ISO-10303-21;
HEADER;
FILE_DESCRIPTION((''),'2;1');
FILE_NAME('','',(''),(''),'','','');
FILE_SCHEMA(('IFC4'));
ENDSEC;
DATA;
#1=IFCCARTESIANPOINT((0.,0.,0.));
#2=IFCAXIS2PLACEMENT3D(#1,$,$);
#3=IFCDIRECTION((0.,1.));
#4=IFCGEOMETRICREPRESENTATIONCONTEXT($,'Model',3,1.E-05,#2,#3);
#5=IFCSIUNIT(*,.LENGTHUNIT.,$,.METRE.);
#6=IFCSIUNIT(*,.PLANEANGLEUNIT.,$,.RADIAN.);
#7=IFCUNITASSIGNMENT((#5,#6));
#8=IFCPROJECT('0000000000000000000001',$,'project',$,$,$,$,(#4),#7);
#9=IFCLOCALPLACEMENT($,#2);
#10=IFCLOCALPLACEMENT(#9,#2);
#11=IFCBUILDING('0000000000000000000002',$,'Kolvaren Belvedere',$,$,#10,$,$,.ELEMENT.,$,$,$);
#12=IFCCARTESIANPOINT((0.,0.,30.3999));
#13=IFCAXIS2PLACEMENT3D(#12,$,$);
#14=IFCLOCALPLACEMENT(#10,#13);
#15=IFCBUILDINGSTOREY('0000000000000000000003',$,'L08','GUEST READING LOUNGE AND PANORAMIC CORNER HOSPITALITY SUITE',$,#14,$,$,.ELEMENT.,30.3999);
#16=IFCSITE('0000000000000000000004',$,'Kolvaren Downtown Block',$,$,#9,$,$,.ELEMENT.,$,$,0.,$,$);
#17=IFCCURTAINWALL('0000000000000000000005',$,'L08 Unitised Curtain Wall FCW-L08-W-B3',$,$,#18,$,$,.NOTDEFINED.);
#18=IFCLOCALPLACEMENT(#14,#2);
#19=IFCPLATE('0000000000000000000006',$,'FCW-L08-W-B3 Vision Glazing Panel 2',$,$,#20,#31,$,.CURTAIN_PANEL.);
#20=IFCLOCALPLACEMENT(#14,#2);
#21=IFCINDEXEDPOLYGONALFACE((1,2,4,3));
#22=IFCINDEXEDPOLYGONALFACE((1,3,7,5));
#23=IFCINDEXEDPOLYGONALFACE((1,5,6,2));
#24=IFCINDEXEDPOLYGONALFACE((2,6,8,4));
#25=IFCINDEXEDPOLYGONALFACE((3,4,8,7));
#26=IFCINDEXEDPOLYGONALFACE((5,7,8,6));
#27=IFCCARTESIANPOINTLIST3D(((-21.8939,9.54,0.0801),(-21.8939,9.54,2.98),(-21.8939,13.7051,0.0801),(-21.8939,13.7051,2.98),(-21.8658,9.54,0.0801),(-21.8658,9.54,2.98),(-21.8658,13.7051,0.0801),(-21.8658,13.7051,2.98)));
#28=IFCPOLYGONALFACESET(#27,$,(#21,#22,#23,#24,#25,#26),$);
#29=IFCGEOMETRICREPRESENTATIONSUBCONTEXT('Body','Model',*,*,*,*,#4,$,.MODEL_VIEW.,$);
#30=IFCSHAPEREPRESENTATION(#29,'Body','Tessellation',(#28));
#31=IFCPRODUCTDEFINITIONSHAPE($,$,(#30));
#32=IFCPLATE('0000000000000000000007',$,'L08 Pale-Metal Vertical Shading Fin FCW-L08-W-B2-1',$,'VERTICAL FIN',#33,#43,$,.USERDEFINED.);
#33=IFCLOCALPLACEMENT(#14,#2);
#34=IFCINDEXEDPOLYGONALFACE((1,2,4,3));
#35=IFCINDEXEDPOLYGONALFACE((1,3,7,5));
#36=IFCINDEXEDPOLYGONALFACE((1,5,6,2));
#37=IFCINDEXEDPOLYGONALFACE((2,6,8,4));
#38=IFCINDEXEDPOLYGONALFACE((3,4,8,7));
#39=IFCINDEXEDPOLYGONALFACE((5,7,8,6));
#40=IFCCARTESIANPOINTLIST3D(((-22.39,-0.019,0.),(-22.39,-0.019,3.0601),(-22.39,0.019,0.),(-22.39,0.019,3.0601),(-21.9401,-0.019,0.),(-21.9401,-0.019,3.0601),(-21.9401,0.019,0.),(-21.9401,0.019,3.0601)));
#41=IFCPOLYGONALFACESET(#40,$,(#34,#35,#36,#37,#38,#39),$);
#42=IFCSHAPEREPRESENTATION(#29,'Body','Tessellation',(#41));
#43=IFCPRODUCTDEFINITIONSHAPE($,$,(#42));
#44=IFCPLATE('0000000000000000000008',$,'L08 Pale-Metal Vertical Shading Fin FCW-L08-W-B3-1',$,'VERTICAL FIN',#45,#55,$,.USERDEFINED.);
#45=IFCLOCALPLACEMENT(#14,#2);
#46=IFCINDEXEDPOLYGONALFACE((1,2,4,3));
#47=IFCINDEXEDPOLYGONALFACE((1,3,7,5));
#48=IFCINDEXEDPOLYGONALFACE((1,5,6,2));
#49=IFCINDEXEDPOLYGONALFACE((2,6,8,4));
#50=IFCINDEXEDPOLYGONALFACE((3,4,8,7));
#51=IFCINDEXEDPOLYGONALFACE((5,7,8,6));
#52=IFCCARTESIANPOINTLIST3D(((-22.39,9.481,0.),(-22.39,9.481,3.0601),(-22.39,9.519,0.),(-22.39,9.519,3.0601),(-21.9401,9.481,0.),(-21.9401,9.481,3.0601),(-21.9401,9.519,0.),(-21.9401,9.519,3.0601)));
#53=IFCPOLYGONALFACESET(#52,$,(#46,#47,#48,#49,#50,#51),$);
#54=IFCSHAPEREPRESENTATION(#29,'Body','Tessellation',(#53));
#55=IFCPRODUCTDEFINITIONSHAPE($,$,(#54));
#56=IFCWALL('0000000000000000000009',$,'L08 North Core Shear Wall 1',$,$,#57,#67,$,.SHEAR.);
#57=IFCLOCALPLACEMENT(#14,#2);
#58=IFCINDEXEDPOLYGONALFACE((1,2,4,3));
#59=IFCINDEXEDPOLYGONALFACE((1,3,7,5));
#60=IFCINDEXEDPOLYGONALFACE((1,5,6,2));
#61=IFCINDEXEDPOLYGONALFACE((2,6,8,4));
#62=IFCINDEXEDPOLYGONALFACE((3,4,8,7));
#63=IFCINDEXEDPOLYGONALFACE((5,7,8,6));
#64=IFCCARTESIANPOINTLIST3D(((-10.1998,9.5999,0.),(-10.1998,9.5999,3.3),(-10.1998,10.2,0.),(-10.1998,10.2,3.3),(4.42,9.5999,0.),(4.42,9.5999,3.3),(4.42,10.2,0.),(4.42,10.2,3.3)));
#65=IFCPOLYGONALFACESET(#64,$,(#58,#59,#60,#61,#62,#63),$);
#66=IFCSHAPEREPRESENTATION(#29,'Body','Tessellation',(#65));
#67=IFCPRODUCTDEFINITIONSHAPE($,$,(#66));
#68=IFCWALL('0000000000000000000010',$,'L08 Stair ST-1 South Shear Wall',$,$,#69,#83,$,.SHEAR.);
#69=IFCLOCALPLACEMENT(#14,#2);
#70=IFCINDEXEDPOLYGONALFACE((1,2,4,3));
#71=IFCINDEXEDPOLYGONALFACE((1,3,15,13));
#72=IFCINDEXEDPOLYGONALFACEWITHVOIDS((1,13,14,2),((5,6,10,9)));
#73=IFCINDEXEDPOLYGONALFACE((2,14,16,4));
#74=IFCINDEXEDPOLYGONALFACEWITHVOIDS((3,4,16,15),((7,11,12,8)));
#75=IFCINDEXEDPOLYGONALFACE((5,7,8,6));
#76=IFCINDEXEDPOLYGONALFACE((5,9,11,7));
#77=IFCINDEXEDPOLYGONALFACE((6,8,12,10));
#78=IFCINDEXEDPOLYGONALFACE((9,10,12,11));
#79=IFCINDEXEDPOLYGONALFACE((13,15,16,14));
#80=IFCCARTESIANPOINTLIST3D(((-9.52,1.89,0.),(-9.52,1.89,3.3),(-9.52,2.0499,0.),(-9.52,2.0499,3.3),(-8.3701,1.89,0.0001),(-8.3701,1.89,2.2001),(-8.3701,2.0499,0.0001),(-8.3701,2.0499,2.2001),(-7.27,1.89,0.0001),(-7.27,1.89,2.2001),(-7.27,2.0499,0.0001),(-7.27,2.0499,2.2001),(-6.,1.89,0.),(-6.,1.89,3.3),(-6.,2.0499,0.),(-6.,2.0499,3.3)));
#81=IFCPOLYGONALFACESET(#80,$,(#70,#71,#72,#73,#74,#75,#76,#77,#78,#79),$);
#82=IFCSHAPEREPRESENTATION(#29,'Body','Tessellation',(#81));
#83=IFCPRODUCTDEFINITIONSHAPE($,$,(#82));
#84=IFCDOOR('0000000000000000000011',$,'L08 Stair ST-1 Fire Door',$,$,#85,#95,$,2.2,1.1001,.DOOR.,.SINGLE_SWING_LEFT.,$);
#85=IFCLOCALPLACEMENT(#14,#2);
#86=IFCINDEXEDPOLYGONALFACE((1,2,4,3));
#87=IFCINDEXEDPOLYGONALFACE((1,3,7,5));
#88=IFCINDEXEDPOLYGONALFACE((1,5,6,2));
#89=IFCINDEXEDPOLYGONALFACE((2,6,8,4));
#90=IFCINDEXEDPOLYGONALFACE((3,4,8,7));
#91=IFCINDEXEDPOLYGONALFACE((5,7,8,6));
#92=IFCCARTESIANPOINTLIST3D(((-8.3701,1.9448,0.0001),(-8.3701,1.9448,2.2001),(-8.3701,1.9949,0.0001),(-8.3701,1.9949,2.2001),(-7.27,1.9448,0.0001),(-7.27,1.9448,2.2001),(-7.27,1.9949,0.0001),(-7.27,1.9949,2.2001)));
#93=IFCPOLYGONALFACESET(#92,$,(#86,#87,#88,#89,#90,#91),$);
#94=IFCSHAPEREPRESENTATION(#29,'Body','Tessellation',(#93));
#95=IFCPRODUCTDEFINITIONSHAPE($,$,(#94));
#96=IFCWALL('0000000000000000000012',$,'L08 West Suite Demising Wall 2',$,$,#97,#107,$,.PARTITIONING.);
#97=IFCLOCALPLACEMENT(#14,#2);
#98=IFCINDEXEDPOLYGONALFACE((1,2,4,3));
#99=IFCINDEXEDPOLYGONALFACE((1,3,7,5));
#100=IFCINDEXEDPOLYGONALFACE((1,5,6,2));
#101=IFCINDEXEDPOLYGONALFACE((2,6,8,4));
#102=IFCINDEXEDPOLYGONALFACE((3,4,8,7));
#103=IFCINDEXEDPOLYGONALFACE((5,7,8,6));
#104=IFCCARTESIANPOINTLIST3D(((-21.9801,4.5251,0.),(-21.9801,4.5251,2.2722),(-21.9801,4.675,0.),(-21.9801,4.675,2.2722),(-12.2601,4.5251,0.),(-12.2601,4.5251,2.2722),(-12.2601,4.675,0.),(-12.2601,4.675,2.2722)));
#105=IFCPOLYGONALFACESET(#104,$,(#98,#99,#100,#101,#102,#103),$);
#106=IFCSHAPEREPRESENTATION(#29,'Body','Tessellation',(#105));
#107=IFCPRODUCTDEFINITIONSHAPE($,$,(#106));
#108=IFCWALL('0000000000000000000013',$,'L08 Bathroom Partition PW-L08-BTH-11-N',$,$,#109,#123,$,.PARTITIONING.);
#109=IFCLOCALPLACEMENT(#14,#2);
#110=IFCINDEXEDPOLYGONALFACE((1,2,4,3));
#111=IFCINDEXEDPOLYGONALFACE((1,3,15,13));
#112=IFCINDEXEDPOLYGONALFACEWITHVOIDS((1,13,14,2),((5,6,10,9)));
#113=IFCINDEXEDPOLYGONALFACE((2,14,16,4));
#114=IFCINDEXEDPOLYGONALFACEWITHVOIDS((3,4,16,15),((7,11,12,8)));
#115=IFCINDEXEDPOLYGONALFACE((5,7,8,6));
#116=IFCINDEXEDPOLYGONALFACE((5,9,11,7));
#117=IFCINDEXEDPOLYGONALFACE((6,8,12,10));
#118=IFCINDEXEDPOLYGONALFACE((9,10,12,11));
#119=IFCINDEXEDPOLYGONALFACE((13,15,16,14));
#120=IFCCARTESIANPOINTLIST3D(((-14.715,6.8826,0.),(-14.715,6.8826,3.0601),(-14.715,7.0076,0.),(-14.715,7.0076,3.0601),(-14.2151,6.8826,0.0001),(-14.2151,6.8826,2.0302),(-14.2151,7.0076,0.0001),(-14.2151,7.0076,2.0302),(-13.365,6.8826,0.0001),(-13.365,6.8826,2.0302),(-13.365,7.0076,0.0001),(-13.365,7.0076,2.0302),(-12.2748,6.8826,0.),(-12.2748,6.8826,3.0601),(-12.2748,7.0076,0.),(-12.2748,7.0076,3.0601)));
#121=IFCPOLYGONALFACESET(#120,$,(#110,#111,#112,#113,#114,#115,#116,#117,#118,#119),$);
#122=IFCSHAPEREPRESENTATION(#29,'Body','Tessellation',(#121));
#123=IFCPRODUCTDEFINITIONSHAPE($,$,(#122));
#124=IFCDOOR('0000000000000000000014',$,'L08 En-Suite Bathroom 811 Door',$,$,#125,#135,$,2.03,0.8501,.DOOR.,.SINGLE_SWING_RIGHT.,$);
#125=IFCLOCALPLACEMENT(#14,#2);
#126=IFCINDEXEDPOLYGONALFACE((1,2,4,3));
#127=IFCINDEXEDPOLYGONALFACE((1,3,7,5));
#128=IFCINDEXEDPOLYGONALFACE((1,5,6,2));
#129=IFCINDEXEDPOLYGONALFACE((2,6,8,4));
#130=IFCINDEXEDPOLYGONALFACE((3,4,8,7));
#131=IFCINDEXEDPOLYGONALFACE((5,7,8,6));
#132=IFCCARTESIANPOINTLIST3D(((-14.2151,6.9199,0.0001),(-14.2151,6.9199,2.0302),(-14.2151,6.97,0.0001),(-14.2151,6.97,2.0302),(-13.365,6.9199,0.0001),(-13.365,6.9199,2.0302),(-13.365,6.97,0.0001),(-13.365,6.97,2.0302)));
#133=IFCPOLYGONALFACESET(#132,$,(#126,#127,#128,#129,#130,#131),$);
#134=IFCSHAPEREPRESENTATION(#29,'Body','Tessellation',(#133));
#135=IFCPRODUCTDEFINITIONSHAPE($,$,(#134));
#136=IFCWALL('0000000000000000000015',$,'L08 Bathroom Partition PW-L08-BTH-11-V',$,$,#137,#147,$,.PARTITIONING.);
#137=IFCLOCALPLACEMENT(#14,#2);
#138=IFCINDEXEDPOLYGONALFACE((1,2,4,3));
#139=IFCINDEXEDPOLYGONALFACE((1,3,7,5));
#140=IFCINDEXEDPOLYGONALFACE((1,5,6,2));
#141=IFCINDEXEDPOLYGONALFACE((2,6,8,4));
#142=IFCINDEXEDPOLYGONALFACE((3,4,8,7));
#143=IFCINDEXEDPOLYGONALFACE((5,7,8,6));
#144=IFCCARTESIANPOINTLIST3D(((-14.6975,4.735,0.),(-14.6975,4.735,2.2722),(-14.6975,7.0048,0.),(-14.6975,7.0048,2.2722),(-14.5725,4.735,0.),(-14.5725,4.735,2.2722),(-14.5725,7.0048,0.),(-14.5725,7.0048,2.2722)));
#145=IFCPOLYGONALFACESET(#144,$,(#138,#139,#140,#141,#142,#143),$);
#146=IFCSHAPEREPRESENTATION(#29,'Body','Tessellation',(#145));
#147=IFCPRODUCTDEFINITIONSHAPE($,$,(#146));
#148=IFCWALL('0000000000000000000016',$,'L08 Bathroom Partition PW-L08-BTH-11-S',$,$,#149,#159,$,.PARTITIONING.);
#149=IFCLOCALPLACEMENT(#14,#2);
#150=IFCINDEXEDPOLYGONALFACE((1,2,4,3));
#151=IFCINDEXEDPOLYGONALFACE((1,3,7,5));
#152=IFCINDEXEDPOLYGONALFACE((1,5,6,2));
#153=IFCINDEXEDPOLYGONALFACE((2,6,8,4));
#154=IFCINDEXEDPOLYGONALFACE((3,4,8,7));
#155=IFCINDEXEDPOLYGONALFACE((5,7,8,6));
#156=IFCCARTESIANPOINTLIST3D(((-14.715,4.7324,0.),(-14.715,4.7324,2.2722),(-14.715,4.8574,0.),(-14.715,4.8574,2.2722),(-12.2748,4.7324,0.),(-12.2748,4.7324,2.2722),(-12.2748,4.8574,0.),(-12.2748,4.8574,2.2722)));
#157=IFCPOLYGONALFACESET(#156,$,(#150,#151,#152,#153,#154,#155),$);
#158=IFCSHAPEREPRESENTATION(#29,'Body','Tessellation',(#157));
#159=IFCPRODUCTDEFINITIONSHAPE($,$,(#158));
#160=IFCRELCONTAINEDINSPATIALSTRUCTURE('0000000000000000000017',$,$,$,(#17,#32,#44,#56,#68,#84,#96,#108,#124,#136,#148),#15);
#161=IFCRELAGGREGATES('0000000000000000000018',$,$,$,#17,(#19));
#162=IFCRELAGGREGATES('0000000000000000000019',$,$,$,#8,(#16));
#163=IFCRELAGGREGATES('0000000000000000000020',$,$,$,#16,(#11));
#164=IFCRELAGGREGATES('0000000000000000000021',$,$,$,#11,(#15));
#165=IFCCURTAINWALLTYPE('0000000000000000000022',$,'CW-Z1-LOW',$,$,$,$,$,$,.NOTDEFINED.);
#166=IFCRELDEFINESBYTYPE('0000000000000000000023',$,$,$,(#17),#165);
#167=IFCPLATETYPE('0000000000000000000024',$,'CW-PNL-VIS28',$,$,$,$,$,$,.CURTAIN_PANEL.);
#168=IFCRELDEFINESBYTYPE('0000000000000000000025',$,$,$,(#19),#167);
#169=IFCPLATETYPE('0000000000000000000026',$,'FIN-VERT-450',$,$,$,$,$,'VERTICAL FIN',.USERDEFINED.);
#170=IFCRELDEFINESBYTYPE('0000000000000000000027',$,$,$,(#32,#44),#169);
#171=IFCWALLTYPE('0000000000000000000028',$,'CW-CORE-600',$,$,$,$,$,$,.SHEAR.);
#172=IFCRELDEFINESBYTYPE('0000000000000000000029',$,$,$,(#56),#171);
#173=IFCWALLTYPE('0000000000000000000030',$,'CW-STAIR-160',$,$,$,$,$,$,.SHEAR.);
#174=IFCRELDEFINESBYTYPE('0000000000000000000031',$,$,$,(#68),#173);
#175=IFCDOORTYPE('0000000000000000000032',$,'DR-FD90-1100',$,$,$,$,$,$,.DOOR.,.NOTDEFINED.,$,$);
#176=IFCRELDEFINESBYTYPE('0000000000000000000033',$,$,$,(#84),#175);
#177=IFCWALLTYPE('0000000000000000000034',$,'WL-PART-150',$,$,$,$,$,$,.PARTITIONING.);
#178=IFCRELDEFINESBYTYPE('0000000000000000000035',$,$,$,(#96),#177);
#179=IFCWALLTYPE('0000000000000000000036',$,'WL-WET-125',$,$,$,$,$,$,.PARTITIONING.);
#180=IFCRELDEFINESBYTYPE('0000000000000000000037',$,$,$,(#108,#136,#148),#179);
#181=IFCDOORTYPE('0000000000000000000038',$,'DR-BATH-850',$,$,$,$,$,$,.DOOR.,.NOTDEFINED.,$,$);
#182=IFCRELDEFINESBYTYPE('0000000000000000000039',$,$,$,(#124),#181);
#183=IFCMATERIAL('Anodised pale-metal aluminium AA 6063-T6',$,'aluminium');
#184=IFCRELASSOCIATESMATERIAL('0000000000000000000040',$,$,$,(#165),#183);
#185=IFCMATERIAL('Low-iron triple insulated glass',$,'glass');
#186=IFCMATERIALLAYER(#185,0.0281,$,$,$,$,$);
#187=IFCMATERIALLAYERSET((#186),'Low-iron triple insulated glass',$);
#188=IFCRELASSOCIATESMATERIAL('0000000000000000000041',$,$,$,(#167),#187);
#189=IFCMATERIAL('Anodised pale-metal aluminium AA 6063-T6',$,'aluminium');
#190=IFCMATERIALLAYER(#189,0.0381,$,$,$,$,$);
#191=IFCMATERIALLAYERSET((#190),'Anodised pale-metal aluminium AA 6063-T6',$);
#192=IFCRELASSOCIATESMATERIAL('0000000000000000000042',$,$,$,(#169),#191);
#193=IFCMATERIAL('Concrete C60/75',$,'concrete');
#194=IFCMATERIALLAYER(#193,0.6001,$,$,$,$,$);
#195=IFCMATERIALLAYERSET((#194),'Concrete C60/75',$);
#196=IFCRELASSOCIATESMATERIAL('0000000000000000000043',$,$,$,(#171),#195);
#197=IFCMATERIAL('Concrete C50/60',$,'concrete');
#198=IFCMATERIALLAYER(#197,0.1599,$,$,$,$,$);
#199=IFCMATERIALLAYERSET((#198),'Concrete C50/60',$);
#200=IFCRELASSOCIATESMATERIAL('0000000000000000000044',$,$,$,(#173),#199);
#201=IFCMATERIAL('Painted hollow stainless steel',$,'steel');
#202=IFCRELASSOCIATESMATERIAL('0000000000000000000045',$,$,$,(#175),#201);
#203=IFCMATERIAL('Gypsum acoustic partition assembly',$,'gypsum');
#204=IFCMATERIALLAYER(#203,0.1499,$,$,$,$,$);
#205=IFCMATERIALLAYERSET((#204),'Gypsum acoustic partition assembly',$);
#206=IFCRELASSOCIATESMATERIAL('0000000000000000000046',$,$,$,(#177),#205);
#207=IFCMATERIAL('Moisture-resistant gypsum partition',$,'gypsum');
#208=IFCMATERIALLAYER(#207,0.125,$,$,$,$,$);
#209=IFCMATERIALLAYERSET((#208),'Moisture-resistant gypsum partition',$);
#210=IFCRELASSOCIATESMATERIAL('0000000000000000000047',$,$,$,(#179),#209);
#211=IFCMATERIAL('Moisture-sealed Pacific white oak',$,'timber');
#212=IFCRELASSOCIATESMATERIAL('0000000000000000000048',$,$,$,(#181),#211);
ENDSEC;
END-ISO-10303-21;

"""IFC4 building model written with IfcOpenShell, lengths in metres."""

from ifc_helpers import new_model, si_unit, direction, frame, frame_2d, origin, origin_2d, place, context, subcontext, project, spatial, rectangle, extrude, material, layer, layer_set, type_object, element, fill, aggregate, save


model = new_model("IFC4")

# Units and contexts
model_context = context("Model", 3, precision=1e-05, world=origin(), true_north=direction((0.0, 1.0)))
body_context = subcontext(model_context, "Body", "Model", "MODEL_VIEW")
ifc_project = project(units=[si_unit("LENGTHUNIT", "METRE"), si_unit("PLANEANGLEUNIT", "RADIAN")], contexts=[model_context])

# Site, building, storey
site_placement = place(None, origin())
site = spatial("IfcSite", under=ifc_project, at=site_placement, Name="Kolvaren Downtown Block", CompositionType="ELEMENT", RefElevation=0.0)
building_placement = place(site_placement, origin())
building = spatial("IfcBuilding", under=site, at=building_placement, Name="Kolvaren Belvedere", CompositionType="ELEMENT")
storey_placement = place(building_placement, frame((0.0, 0.0, 30.3999)))
storey = spatial("IfcBuildingStorey", under=building, at=storey_placement, Name="L08", Description="GUEST READING LOUNGE AND PANORAMIC CORNER HOSPITALITY SUITE", CompositionType="ELEMENT", Elevation=30.3999)

# Curtain wall
ifc_material_1 = material(Name="Anodised pale-metal aluminium AA 6063-T6", Category="aluminium")
curtain_wall_type = type_object("IfcCurtainWallType", Name="CW-Z1-LOW", PredefinedType="NOTDEFINED", material=ifc_material_1)
curtain_wall_1_placement = place(storey_placement, origin())
curtain_wall_1 = element("IfcCurtainWall", 1, at=curtain_wall_1_placement, inside=storey, type_object=curtain_wall_type, Name="L08 Unitised Curtain Wall FCW-L08-W-B3", PredefinedType="NOTDEFINED")

# Plate
ifc_material_2 = material(Name="Low-iron triple insulated glass", Category="glass")
ifc_layer_1 = layer(ifc_material_2, 0.0281)
ifc_layer_set_1 = layer_set([ifc_layer_1], Name="Low-iron triple insulated glass")
plate_type_1 = type_object("IfcPlateType", Name="CW-PNL-VIS28", PredefinedType="CURTAIN_PANEL", material=ifc_layer_set_1)
plate_1_placement = place(storey_placement, frame((-21.8799, 11.6226, 0.0801), z_axis=(0.0, 0.0, 1.0), x_axis=(0.0, 1.0, 0.0)))
plate_1 = element("IfcPlate", 2, at=plate_1_placement, type_object=plate_type_1, Name="FCW-L08-W-B3 Vision Glazing Panel 2", PredefinedType="CURTAIN_PANEL", context=body_context, shape_type="SweptSolid", body=[
    extrude(rectangle(XDim=4.165, YDim=0.0281, at=origin_2d()), origin(), (0.0, 0.0, 1.0), 2.8999),
])
aggregate(curtain_wall_1, [plate_1])

# Plates
ifc_material_3 = material(Name="Anodised pale-metal aluminium AA 6063-T6", Category="aluminium")
ifc_layer_2 = layer(ifc_material_3, 0.0381)
ifc_layer_set_2 = layer_set([ifc_layer_2], Name="Anodised pale-metal aluminium AA 6063-T6")
plate_type_2 = type_object("IfcPlateType", Name="FIN-VERT-450", ElementType="VERTICAL FIN", PredefinedType="USERDEFINED", material=ifc_layer_set_2)
for number, where, z_axis, x_axis, name in (
    (3, (-22.165, 0.0, 0.0), (0.0, 0.0, 1.0), (1.0, 0.0, 0.0), "L08 Pale-Metal Vertical Shading Fin FCW-L08-W-B2-1"),
    (4, (-22.165, 9.5, 0.0), (0.0, 0.0, 1.0), (1.0, 0.0, 0.0), "L08 Pale-Metal Vertical Shading Fin FCW-L08-W-B3-1"),
):
    element("IfcPlate", number, at=place(storey_placement, frame(where, z_axis=z_axis, x_axis=x_axis)), inside=storey, type_object=plate_type_2, Name=name, ObjectType="VERTICAL FIN", PredefinedType="USERDEFINED", context=body_context, shape_type="SweptSolid", body=[
        extrude(rectangle(XDim=0.45, YDim=0.0381, at=origin_2d()), origin(), (0.0, 0.0, 1.0), 3.0601),
    ])

# Wall
ifc_material_4 = material(Name="Concrete C60/75", Category="concrete")
ifc_layer_3 = layer(ifc_material_4, 0.6001)
ifc_layer_set_3 = layer_set([ifc_layer_3], Name="Concrete C60/75")
wall_type_1 = type_object("IfcWallType", Name="CW-CORE-600", PredefinedType="SHEAR", material=ifc_layer_set_3)
wall_1_placement = place(storey_placement, frame((-10.2, 9.8999, 0.0), z_axis=(0.0, 0.0, 1.0), x_axis=(1.0, 0.0, 0.0)))
element("IfcWall", 5, at=wall_1_placement, inside=storey, type_object=wall_type_1, Name="L08 North Core Shear Wall 1", PredefinedType="SHEAR", context=body_context, shape_type="SweptSolid", body=[
    extrude(rectangle(XDim=14.6199, YDim=0.6001, at=frame_2d((7.3101, 0.0))), origin(), (0.0, 0.0, 1.0), 3.3),
])

# Wall, opening, door
ifc_material_5 = material(Name="Concrete C50/60", Category="concrete")
ifc_layer_4 = layer(ifc_material_5, 0.1599)
ifc_layer_set_4 = layer_set([ifc_layer_4], Name="Concrete C50/60")
wall_type_2 = type_object("IfcWallType", Name="CW-STAIR-160", PredefinedType="SHEAR", material=ifc_layer_set_4)
wall_2_placement = place(storey_placement, frame((-9.52, 1.97, 0.0), z_axis=(0.0, 0.0, 1.0), x_axis=(1.0, 0.0, 0.0)))
wall_2 = element("IfcWall", 6, at=wall_2_placement, inside=storey, type_object=wall_type_2, Name="L08 Stair ST-1 South Shear Wall", PredefinedType="SHEAR", context=body_context, shape_type="SweptSolid", body=[
    extrude(rectangle(XDim=3.52, YDim=0.1599, at=frame_2d((1.76, 0.0))), origin(), (0.0, 0.0, 1.0), 3.3),
])
opening_1_placement = place(wall_2_placement, frame((1.1499, 0.0, 0.0)))
opening_1 = element("IfcOpeningElement", 7, at=opening_1_placement, cuts=wall_2, PredefinedType="OPENING", context=body_context, shape_type="SweptSolid", body=[
    extrude(rectangle(XDim=1.1001, YDim=2.2, at=frame_2d((0.55, 1.1001))), frame((0.0, 0.0898, 0.0), z_axis=(0.0, -1.0, 0.0), x_axis=(1.0, 0.0, 0.0)), (0.0, 0.0, 1.0), 0.1799),
])
ifc_material_6 = material(Name="Painted hollow stainless steel", Category="steel")
door_type_1 = type_object("IfcDoorType", Name="DR-FD90-1100", OperationType="NOTDEFINED", PredefinedType="DOOR", material=ifc_material_6)
door_1_placement = place(opening_1_placement, origin())
door_1 = element("IfcDoor", 8, at=door_1_placement, inside=storey, type_object=door_type_1, Name="L08 Stair ST-1 Fire Door", OperationType="SINGLE_SWING_LEFT", OverallHeight=2.2, OverallWidth=1.1001, PredefinedType="DOOR", context=body_context, shape_type="SweptSolid", body=[
    extrude(rectangle(XDim=1.1001, YDim=2.2, at=frame_2d((0.55, 1.1001))), frame((0.0, 0.0249, 0.0), z_axis=(0.0, -1.0, 0.0), x_axis=(1.0, 0.0, 0.0)), (0.0, 0.0, 1.0), 0.05),
])
fill(opening_1, door_1)

# Wall
ifc_material_7 = material(Name="Gypsum acoustic partition assembly", Category="gypsum")
ifc_layer_5 = layer(ifc_material_7, 0.1499)
ifc_layer_set_5 = layer_set([ifc_layer_5], Name="Gypsum acoustic partition assembly")
wall_type_3 = type_object("IfcWallType", Name="WL-PART-150", PredefinedType="PARTITIONING", material=ifc_layer_set_5)
wall_3_placement = place(storey_placement, frame((-21.98, 4.6001, 0.0), z_axis=(0.0, 0.0, 1.0), x_axis=(1.0, 0.0, 0.0)))
element("IfcWall", 9, at=wall_3_placement, inside=storey, type_object=wall_type_3, Name="L08 West Suite Demising Wall 2", PredefinedType="PARTITIONING", context=body_context, shape_type="SweptSolid", body=[
    extrude(rectangle(XDim=9.72, YDim=0.1499, at=frame_2d((4.8599, 0.0))), origin(), (0.0, 0.0, 1.0), 2.2722),
])

# Wall, opening, door
ifc_material_8 = material(Name="Moisture-resistant gypsum partition", Category="gypsum")
ifc_layer_6 = layer(ifc_material_8, 0.125)
ifc_layer_set_6 = layer_set([ifc_layer_6], Name="Moisture-resistant gypsum partition")
wall_type_4 = type_object("IfcWallType", Name="WL-WET-125", PredefinedType="PARTITIONING", material=ifc_layer_set_6)
wall_4_placement = place(storey_placement, frame((-14.7151, 6.9451, 0.0), z_axis=(0.0, 0.0, 1.0), x_axis=(1.0, 0.0, 0.0)))
wall_4 = element("IfcWall", 10, at=wall_4_placement, inside=storey, type_object=wall_type_4, Name="L08 Bathroom Partition PW-L08-BTH-11-N", PredefinedType="PARTITIONING", context=body_context, shape_type="SweptSolid", body=[
    extrude(rectangle(XDim=2.4402, YDim=0.125, at=frame_2d((1.2202, 0.0))), origin(), (0.0, 0.0, 1.0), 3.0601),
])
opening_2_placement = place(wall_4_placement, frame((0.5, 0.0, 0.0)))
opening_2 = element("IfcOpeningElement", 11, at=opening_2_placement, cuts=wall_4, PredefinedType="OPENING", context=body_context, shape_type="SweptSolid", body=[
    extrude(rectangle(XDim=0.8501, YDim=2.03, at=frame_2d((0.425, 1.0151))), frame((0.0, 0.0725, 0.0), z_axis=(0.0, -1.0, 0.0), x_axis=(1.0, 0.0, 0.0)), (0.0, 0.0, 1.0), 0.145),
])
ifc_material_9 = material(Name="Moisture-sealed Pacific white oak", Category="timber")
door_type_2 = type_object("IfcDoorType", Name="DR-BATH-850", OperationType="NOTDEFINED", PredefinedType="DOOR", material=ifc_material_9)
door_2_placement = place(opening_2_placement, origin())
door_2 = element("IfcDoor", 12, at=door_2_placement, inside=storey, type_object=door_type_2, Name="L08 En-Suite Bathroom 811 Door", OperationType="SINGLE_SWING_RIGHT", OverallHeight=2.03, OverallWidth=0.8501, PredefinedType="DOOR", context=body_context, shape_type="SweptSolid", body=[
    extrude(rectangle(XDim=0.8501, YDim=2.03, at=frame_2d((0.425, 1.0151))), frame((0.0, 0.0249, 0.0), z_axis=(0.0, -1.0, 0.0), x_axis=(1.0, 0.0, 0.0)), (0.0, 0.0, 1.0), 0.05),
])
fill(opening_2, door_2)

# Walls
wall_5_placement = place(storey_placement, frame((-14.635, 4.7351, 0.0), z_axis=(0.0, 0.0, 1.0), x_axis=(0.0, 1.0, 0.0)))
element("IfcWall", 13, at=wall_5_placement, inside=storey, type_object=wall_type_4, Name="L08 Bathroom Partition PW-L08-BTH-11-V", PredefinedType="PARTITIONING", context=body_context, shape_type="SweptSolid", body=[
    extrude(rectangle(XDim=2.2698, YDim=0.125, at=frame_2d((1.1348, 0.0))), origin(), (0.0, 0.0, 1.0), 2.2722),
])
wall_6_placement = place(storey_placement, frame((-14.7151, 4.7949, 0.0), z_axis=(0.0, 0.0, 1.0), x_axis=(1.0, 0.0, 0.0)))
element("IfcWall", 14, at=wall_6_placement, inside=storey, type_object=wall_type_4, Name="L08 Bathroom Partition PW-L08-BTH-11-S", PredefinedType="PARTITIONING", context=body_context, shape_type="SweptSolid", body=[
    extrude(rectangle(XDim=2.4402, YDim=0.125, at=frame_2d((1.2202, 0.0))), origin(), (0.0, 0.0, 1.0), 2.2722),
])

save(model, "model.ifc")
